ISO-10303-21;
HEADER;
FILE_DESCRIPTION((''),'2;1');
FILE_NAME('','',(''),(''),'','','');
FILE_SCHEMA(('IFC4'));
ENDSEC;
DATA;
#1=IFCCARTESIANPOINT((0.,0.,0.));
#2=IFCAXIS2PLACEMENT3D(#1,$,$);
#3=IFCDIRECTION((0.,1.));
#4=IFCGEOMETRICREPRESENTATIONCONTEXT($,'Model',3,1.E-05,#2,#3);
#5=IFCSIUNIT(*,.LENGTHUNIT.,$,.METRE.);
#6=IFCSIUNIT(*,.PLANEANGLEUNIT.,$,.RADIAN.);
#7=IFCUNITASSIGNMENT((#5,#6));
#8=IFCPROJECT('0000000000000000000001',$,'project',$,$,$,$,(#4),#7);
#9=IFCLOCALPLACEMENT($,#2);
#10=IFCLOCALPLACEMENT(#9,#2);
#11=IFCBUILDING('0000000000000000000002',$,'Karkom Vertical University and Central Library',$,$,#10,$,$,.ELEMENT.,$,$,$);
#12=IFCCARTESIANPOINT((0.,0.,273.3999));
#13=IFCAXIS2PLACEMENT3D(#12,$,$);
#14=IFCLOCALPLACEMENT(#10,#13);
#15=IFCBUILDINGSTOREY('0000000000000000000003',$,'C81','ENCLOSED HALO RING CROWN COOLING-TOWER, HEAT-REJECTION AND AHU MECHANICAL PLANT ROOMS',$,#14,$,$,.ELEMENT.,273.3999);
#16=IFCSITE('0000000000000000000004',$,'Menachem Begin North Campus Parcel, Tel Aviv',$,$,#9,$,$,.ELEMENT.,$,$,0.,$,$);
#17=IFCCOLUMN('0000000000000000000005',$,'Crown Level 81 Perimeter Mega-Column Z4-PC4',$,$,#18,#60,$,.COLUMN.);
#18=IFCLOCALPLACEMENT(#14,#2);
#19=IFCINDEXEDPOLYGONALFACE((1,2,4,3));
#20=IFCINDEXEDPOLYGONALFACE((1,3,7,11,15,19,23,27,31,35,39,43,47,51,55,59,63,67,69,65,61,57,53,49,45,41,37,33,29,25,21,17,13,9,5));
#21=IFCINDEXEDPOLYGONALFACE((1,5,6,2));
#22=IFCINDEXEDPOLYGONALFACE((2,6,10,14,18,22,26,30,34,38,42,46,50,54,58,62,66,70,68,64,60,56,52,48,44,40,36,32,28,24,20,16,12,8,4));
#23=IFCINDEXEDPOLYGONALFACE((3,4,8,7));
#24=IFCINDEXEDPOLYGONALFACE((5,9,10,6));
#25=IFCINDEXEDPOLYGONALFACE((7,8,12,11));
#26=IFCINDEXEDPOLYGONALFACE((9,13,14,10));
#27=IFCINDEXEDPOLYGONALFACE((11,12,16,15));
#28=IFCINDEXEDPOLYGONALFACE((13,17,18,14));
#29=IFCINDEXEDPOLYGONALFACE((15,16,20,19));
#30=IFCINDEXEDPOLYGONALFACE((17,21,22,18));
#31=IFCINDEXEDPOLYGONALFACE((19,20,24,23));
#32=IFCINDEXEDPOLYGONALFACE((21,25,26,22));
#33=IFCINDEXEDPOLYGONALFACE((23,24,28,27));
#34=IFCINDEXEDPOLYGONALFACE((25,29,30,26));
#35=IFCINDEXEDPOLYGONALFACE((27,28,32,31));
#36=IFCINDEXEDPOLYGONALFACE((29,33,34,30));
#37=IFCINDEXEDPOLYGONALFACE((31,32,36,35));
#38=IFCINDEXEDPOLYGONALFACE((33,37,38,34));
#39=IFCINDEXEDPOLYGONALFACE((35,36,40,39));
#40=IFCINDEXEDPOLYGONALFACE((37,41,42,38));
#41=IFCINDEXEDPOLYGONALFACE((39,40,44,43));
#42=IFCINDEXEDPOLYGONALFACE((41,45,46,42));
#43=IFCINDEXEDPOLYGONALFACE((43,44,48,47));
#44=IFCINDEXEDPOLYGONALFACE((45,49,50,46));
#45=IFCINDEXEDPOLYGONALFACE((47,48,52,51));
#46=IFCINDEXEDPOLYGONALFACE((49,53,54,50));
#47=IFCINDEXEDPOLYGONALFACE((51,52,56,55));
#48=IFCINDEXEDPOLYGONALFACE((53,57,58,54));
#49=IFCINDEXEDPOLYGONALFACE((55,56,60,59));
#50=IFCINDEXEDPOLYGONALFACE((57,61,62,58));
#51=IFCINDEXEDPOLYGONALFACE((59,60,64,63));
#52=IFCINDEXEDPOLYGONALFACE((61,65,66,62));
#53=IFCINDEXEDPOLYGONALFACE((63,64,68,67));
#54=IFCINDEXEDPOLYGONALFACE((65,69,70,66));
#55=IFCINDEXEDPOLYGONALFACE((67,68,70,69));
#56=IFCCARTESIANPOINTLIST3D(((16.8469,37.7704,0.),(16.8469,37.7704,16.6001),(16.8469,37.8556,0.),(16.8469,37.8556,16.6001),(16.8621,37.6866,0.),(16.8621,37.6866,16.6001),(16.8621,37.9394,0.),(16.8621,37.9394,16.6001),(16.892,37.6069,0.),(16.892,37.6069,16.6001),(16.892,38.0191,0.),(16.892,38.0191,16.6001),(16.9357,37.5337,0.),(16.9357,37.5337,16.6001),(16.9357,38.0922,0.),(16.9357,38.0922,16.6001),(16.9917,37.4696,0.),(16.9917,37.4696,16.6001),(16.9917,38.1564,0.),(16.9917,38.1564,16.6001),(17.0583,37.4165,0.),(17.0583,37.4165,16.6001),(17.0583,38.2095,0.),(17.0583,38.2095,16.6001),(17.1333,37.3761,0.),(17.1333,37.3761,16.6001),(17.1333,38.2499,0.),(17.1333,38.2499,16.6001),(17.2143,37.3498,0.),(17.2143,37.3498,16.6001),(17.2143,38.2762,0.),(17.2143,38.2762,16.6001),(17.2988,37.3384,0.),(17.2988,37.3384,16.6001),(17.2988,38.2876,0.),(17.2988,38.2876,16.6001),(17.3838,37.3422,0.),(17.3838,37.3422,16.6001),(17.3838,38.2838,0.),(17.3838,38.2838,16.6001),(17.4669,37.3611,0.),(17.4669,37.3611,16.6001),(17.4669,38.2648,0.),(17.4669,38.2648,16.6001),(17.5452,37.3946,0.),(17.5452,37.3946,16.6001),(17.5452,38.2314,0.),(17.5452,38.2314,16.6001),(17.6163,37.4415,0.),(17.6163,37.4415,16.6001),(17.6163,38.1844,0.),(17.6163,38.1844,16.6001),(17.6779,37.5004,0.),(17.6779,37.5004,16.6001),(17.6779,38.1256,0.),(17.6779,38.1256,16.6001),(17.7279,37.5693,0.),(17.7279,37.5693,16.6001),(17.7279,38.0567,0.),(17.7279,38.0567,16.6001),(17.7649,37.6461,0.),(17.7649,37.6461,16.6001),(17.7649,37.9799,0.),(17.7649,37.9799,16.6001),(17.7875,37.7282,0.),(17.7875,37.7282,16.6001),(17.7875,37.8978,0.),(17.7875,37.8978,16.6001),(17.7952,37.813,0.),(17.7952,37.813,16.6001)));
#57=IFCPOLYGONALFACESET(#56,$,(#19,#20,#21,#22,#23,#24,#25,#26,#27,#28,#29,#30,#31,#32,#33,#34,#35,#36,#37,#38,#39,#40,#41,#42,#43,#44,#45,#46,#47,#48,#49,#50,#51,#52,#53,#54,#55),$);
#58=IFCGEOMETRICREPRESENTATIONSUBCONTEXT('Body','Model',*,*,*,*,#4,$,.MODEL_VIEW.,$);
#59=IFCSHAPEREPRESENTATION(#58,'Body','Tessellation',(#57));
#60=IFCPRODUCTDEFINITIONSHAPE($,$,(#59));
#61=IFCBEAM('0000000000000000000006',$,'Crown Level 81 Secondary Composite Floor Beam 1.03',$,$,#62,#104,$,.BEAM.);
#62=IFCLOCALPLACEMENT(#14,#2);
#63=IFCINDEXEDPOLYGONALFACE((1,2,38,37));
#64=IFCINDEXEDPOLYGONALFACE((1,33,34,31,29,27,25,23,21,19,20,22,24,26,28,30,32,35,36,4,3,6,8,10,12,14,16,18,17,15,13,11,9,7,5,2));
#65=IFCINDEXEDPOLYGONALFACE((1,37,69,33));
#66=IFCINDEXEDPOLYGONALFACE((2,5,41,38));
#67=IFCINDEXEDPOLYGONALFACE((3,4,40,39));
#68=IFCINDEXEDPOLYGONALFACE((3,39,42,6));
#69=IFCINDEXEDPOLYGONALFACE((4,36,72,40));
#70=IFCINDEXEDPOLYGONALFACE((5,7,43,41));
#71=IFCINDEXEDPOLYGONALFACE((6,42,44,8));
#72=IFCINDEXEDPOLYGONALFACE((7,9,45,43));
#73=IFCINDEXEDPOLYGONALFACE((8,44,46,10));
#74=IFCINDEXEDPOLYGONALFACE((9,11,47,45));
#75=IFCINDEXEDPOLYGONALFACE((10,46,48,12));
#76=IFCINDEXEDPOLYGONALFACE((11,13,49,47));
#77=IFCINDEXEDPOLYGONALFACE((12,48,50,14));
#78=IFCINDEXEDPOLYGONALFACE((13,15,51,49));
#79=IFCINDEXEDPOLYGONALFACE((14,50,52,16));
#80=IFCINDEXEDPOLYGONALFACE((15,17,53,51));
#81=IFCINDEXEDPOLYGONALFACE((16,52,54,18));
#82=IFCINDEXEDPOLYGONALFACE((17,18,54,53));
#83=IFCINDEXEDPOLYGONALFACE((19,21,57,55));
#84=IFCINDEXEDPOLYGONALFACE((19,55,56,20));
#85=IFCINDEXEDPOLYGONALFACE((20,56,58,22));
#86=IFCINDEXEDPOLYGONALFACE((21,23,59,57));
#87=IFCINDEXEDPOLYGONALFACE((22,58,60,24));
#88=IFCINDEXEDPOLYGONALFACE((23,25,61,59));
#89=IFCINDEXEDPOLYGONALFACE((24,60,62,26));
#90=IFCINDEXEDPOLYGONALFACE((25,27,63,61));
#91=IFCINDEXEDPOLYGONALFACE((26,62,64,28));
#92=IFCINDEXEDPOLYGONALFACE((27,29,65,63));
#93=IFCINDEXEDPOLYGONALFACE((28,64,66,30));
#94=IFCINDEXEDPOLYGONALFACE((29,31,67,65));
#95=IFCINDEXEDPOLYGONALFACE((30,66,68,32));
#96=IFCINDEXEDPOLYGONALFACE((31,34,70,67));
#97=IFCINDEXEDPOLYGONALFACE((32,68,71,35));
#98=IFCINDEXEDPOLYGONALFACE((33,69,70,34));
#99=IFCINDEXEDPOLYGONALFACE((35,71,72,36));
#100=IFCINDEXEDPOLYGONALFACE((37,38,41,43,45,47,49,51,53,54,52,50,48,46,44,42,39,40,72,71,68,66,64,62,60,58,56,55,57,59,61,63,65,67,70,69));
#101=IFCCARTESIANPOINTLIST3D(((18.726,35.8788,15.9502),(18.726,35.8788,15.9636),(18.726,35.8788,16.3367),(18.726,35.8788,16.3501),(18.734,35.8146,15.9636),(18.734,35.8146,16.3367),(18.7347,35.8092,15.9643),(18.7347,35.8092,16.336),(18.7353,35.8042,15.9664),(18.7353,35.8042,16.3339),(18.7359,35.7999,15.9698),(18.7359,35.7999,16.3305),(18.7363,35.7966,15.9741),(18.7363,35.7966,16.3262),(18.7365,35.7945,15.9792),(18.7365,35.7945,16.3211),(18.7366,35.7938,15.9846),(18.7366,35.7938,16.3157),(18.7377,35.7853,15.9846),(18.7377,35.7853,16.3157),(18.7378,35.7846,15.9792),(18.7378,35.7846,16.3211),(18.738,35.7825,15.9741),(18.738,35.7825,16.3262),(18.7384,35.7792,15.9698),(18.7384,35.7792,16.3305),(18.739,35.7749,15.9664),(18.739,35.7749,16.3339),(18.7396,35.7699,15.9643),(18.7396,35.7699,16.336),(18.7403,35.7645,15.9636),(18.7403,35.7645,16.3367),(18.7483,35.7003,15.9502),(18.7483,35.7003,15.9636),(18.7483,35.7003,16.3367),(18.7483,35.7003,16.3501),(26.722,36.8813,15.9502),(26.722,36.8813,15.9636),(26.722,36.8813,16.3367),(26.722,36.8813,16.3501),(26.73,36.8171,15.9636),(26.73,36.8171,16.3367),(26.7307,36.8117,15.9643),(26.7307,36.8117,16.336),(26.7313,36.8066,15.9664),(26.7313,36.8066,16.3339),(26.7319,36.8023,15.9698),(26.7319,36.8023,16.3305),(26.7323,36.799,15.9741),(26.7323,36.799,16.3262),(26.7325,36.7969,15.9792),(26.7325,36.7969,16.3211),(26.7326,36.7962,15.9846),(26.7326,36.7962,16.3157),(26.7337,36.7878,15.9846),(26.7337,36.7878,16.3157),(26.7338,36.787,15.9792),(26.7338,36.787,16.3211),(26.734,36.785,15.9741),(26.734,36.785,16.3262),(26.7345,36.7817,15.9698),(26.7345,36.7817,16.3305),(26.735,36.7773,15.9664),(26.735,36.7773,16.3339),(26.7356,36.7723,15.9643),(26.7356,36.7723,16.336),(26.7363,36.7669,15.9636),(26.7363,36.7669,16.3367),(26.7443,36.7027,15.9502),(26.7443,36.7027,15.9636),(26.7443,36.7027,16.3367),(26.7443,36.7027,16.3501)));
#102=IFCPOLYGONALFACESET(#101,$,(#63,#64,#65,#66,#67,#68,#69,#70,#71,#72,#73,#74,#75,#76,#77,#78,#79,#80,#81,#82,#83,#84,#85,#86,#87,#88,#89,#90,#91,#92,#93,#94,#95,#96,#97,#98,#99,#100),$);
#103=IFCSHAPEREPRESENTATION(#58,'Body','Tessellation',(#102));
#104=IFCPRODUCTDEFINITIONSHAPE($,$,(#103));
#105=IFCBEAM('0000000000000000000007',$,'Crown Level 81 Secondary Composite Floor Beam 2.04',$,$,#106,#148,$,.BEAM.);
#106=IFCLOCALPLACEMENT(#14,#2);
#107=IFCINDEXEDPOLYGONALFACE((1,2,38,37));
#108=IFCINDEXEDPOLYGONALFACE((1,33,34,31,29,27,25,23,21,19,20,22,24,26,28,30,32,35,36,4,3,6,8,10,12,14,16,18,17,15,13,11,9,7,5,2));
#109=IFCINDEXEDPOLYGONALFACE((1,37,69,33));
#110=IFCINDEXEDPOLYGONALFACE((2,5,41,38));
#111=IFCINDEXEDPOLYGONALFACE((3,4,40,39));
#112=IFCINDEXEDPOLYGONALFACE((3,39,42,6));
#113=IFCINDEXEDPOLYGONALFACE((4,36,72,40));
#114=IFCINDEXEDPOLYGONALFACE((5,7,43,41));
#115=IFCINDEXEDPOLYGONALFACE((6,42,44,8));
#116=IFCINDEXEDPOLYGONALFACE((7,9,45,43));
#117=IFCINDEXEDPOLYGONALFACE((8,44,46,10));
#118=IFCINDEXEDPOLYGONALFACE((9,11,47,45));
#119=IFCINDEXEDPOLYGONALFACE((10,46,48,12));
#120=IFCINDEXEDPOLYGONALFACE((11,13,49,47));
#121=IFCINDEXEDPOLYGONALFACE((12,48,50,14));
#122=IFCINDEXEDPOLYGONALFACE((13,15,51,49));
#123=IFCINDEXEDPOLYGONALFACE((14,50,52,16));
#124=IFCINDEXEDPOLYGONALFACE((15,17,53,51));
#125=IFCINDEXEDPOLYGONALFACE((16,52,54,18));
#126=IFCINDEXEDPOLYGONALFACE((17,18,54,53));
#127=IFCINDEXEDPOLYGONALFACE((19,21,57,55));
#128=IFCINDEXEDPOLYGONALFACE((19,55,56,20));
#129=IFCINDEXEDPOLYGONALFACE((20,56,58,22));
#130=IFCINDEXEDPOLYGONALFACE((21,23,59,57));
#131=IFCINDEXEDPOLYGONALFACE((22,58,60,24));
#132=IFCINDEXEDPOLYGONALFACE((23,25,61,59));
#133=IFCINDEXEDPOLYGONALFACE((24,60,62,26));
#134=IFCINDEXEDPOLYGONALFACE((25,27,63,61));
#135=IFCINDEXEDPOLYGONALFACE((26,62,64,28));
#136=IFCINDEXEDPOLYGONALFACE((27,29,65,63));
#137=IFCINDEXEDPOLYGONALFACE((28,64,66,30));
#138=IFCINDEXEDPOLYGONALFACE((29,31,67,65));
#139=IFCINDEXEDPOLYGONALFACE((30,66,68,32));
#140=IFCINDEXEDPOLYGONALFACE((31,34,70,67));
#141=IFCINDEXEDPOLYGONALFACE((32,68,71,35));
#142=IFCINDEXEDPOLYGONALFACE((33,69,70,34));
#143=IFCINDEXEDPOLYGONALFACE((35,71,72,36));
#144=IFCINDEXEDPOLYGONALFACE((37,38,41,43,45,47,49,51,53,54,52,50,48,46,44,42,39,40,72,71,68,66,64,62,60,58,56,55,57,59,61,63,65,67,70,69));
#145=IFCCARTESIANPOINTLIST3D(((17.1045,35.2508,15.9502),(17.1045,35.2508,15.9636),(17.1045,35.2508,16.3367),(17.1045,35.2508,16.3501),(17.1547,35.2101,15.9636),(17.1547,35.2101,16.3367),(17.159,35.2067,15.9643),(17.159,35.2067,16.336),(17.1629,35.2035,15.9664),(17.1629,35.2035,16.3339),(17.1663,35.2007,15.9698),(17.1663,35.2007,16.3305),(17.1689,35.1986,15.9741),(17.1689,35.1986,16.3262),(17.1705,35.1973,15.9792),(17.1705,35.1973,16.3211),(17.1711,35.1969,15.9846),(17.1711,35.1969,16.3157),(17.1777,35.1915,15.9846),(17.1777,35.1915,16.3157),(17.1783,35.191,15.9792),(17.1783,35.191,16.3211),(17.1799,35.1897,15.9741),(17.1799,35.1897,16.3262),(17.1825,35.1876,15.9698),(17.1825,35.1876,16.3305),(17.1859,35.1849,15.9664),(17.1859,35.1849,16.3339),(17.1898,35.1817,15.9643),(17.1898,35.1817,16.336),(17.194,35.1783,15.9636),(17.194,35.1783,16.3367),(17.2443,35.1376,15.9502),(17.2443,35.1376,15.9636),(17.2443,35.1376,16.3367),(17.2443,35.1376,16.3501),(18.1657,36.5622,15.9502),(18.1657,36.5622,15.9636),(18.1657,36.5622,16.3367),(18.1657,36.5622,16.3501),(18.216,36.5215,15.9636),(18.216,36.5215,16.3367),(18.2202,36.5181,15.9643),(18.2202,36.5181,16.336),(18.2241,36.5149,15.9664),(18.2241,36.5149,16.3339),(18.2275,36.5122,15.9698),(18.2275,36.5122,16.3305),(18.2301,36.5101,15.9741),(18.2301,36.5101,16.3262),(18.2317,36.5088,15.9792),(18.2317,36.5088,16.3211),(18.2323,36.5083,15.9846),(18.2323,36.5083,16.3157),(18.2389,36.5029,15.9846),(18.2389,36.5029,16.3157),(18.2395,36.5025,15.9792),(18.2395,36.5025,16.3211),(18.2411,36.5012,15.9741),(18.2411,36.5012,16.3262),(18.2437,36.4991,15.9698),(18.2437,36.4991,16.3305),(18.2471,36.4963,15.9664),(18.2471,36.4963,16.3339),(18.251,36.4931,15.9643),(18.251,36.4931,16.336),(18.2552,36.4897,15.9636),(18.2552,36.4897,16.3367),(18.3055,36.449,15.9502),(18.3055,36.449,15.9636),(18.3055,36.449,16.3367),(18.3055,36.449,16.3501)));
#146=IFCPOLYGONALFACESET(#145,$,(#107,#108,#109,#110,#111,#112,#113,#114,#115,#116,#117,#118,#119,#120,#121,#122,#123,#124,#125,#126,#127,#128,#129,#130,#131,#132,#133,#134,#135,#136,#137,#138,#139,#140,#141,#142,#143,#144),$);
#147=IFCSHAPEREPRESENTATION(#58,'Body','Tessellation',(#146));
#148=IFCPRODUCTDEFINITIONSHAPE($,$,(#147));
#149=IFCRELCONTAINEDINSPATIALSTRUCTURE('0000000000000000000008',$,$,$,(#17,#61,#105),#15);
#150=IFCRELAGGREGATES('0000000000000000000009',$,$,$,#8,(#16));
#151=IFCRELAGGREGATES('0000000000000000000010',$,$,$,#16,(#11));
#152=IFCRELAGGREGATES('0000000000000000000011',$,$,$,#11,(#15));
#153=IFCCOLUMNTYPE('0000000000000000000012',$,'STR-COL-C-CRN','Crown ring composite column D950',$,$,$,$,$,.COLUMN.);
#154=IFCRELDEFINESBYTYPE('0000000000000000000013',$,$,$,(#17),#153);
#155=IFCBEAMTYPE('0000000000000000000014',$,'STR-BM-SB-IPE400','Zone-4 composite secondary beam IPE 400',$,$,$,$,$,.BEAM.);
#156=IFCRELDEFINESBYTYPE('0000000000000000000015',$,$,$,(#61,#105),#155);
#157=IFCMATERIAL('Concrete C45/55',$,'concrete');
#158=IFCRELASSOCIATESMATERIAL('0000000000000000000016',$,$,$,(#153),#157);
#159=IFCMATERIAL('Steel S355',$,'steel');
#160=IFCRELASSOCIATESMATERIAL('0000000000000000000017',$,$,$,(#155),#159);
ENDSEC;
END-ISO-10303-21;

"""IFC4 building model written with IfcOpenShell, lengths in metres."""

from ifc_helpers import new_model, si_unit, direction, frame, origin, origin_with_axes, origin_2d, place, context, subcontext, project, spatial, circle, i_section, extrude, source, transform, mapped, material, material_profile, profile_set, type_object, element, save


model = new_model("IFC4")

# Units and contexts
model_context = context("Model", 3, precision=1e-05, world=origin(), true_north=direction((0.0, 1.0)))
body_context = subcontext(model_context, "Body", "Model", "MODEL_VIEW")
ifc_project = project(units=[si_unit("LENGTHUNIT", "METRE"), si_unit("PLANEANGLEUNIT", "RADIAN")], contexts=[model_context])

# Site, building, storey
site_placement = place(None, origin())
site = spatial("IfcSite", under=ifc_project, at=site_placement, Name="Menachem Begin North Campus Parcel, Tel Aviv", CompositionType="ELEMENT", RefElevation=0.0)
building_placement = place(site_placement, origin())
building = spatial("IfcBuilding", under=site, at=building_placement, Name="Karkom Vertical University and Central Library", CompositionType="ELEMENT")
storey_placement = place(building_placement, frame((0.0, 0.0, 273.3999)))
storey = spatial("IfcBuildingStorey", under=building, at=storey_placement, Name="C81", Description="ENCLOSED HALO RING CROWN COOLING-TOWER, HEAT-REJECTION AND AHU MECHANICAL PLANT ROOMS", CompositionType="ELEMENT", Elevation=273.3999)

# Column
ifc_material_1 = material(Name="Concrete C45/55", Category="concrete")
ifc_material_profile_1 = material_profile(ifc_material_1, circle(Radius=0.4751, at=origin_2d()), Name="CFT-D950")
ifc_profile_set_1 = profile_set([ifc_material_profile_1], Name="Concrete C45/55")
column_type = type_object("IfcColumnType", Name="STR-COL-C-CRN", Description="Crown ring composite column D950", PredefinedType="COLUMN", material=ifc_profile_set_1)
shared_shape_1 = source(origin_with_axes(), body_context, "Body", "SweptSolid", [
    extrude(circle(Radius=0.4751, at=origin_2d()), origin(), (0.0, 0.0, 1.0), 16.6001),
])
column_placement = place(storey_placement, frame((17.3201, 37.813, 0.0), z_axis=(0.0, 0.0, 1.0), x_axis=(1.0, 0.0, 0.0)))
element("IfcColumn", 1, at=column_placement, inside=storey, type_object=column_type, Name="Crown Level 81 Perimeter Mega-Column Z4-PC4", PredefinedType="COLUMN", context=body_context, shape_type="MappedRepresentation", body=[
    mapped(shared_shape_1, transform((0.0, 0.0, 0.0), scale=1.0)),
])

# Beams
ifc_material_2 = material(Name="Steel S355", Category="steel")
ifc_material_profile_2 = material_profile(ifc_material_2, i_section(OverallWidth=0.1799, OverallDepth=0.3999, WebThickness=0.0085, FlangeThickness=0.0134, FilletRadius=0.021, at=origin_2d()), Name="IPE 400")
ifc_profile_set_2 = profile_set([ifc_material_profile_2], Name="Steel S355")
beam_type_1 = type_object("IfcBeamType", Name="STR-BM-SB-IPE400", Description="Zone-4 composite secondary beam IPE 400", PredefinedType="BEAM", material=ifc_profile_set_2)
shared_shape_2 = source(origin_with_axes(), body_context, "Body", "SweptSolid", [
    extrude(i_section(OverallWidth=0.1799, OverallDepth=0.3999, WebThickness=0.0085, FlangeThickness=0.0134, FilletRadius=0.021, at=origin_2d()), origin(), (0.0, 0.0, 1.0), 8.0586),
])
beam_1_placement = place(storey_placement, frame((26.7332, 36.792, 16.1501), z_axis=(-0.992233, -0.124393, 0.0), x_axis=(0.124393, -0.992233, 0.0)))
element("IfcBeam", 2, at=beam_1_placement, inside=storey, type_object=beam_type_1, Name="Crown Level 81 Secondary Composite Floor Beam 1.03", PredefinedType="BEAM", context=body_context, shape_type="MappedRepresentation", body=[
    mapped(shared_shape_2, transform((0.0, 0.0, 0.0), scale=1.0)),
])
shared_shape_3 = source(origin_with_axes(), body_context, "Body", "SweptSolid", [
    extrude(i_section(OverallWidth=0.1799, OverallDepth=0.3999, WebThickness=0.0085, FlangeThickness=0.0134, FilletRadius=0.021, at=origin_2d()), origin(), (0.0, 0.0, 1.0), 1.687),
])
beam_2_placement = place(storey_placement, frame((18.2356, 36.5056, 16.1501), z_axis=(-0.629044, -0.77737, 0.0), x_axis=(0.77737, -0.629044, 0.0)))
element("IfcBeam", 3, at=beam_2_placement, inside=storey, type_object=beam_type_1, Name="Crown Level 81 Secondary Composite Floor Beam 2.04", PredefinedType="BEAM", context=body_context, shape_type="MappedRepresentation", body=[
    mapped(shared_shape_3, transform((0.0, 0.0, 0.0), scale=1.0)),
])

save(model, "model.ifc")
